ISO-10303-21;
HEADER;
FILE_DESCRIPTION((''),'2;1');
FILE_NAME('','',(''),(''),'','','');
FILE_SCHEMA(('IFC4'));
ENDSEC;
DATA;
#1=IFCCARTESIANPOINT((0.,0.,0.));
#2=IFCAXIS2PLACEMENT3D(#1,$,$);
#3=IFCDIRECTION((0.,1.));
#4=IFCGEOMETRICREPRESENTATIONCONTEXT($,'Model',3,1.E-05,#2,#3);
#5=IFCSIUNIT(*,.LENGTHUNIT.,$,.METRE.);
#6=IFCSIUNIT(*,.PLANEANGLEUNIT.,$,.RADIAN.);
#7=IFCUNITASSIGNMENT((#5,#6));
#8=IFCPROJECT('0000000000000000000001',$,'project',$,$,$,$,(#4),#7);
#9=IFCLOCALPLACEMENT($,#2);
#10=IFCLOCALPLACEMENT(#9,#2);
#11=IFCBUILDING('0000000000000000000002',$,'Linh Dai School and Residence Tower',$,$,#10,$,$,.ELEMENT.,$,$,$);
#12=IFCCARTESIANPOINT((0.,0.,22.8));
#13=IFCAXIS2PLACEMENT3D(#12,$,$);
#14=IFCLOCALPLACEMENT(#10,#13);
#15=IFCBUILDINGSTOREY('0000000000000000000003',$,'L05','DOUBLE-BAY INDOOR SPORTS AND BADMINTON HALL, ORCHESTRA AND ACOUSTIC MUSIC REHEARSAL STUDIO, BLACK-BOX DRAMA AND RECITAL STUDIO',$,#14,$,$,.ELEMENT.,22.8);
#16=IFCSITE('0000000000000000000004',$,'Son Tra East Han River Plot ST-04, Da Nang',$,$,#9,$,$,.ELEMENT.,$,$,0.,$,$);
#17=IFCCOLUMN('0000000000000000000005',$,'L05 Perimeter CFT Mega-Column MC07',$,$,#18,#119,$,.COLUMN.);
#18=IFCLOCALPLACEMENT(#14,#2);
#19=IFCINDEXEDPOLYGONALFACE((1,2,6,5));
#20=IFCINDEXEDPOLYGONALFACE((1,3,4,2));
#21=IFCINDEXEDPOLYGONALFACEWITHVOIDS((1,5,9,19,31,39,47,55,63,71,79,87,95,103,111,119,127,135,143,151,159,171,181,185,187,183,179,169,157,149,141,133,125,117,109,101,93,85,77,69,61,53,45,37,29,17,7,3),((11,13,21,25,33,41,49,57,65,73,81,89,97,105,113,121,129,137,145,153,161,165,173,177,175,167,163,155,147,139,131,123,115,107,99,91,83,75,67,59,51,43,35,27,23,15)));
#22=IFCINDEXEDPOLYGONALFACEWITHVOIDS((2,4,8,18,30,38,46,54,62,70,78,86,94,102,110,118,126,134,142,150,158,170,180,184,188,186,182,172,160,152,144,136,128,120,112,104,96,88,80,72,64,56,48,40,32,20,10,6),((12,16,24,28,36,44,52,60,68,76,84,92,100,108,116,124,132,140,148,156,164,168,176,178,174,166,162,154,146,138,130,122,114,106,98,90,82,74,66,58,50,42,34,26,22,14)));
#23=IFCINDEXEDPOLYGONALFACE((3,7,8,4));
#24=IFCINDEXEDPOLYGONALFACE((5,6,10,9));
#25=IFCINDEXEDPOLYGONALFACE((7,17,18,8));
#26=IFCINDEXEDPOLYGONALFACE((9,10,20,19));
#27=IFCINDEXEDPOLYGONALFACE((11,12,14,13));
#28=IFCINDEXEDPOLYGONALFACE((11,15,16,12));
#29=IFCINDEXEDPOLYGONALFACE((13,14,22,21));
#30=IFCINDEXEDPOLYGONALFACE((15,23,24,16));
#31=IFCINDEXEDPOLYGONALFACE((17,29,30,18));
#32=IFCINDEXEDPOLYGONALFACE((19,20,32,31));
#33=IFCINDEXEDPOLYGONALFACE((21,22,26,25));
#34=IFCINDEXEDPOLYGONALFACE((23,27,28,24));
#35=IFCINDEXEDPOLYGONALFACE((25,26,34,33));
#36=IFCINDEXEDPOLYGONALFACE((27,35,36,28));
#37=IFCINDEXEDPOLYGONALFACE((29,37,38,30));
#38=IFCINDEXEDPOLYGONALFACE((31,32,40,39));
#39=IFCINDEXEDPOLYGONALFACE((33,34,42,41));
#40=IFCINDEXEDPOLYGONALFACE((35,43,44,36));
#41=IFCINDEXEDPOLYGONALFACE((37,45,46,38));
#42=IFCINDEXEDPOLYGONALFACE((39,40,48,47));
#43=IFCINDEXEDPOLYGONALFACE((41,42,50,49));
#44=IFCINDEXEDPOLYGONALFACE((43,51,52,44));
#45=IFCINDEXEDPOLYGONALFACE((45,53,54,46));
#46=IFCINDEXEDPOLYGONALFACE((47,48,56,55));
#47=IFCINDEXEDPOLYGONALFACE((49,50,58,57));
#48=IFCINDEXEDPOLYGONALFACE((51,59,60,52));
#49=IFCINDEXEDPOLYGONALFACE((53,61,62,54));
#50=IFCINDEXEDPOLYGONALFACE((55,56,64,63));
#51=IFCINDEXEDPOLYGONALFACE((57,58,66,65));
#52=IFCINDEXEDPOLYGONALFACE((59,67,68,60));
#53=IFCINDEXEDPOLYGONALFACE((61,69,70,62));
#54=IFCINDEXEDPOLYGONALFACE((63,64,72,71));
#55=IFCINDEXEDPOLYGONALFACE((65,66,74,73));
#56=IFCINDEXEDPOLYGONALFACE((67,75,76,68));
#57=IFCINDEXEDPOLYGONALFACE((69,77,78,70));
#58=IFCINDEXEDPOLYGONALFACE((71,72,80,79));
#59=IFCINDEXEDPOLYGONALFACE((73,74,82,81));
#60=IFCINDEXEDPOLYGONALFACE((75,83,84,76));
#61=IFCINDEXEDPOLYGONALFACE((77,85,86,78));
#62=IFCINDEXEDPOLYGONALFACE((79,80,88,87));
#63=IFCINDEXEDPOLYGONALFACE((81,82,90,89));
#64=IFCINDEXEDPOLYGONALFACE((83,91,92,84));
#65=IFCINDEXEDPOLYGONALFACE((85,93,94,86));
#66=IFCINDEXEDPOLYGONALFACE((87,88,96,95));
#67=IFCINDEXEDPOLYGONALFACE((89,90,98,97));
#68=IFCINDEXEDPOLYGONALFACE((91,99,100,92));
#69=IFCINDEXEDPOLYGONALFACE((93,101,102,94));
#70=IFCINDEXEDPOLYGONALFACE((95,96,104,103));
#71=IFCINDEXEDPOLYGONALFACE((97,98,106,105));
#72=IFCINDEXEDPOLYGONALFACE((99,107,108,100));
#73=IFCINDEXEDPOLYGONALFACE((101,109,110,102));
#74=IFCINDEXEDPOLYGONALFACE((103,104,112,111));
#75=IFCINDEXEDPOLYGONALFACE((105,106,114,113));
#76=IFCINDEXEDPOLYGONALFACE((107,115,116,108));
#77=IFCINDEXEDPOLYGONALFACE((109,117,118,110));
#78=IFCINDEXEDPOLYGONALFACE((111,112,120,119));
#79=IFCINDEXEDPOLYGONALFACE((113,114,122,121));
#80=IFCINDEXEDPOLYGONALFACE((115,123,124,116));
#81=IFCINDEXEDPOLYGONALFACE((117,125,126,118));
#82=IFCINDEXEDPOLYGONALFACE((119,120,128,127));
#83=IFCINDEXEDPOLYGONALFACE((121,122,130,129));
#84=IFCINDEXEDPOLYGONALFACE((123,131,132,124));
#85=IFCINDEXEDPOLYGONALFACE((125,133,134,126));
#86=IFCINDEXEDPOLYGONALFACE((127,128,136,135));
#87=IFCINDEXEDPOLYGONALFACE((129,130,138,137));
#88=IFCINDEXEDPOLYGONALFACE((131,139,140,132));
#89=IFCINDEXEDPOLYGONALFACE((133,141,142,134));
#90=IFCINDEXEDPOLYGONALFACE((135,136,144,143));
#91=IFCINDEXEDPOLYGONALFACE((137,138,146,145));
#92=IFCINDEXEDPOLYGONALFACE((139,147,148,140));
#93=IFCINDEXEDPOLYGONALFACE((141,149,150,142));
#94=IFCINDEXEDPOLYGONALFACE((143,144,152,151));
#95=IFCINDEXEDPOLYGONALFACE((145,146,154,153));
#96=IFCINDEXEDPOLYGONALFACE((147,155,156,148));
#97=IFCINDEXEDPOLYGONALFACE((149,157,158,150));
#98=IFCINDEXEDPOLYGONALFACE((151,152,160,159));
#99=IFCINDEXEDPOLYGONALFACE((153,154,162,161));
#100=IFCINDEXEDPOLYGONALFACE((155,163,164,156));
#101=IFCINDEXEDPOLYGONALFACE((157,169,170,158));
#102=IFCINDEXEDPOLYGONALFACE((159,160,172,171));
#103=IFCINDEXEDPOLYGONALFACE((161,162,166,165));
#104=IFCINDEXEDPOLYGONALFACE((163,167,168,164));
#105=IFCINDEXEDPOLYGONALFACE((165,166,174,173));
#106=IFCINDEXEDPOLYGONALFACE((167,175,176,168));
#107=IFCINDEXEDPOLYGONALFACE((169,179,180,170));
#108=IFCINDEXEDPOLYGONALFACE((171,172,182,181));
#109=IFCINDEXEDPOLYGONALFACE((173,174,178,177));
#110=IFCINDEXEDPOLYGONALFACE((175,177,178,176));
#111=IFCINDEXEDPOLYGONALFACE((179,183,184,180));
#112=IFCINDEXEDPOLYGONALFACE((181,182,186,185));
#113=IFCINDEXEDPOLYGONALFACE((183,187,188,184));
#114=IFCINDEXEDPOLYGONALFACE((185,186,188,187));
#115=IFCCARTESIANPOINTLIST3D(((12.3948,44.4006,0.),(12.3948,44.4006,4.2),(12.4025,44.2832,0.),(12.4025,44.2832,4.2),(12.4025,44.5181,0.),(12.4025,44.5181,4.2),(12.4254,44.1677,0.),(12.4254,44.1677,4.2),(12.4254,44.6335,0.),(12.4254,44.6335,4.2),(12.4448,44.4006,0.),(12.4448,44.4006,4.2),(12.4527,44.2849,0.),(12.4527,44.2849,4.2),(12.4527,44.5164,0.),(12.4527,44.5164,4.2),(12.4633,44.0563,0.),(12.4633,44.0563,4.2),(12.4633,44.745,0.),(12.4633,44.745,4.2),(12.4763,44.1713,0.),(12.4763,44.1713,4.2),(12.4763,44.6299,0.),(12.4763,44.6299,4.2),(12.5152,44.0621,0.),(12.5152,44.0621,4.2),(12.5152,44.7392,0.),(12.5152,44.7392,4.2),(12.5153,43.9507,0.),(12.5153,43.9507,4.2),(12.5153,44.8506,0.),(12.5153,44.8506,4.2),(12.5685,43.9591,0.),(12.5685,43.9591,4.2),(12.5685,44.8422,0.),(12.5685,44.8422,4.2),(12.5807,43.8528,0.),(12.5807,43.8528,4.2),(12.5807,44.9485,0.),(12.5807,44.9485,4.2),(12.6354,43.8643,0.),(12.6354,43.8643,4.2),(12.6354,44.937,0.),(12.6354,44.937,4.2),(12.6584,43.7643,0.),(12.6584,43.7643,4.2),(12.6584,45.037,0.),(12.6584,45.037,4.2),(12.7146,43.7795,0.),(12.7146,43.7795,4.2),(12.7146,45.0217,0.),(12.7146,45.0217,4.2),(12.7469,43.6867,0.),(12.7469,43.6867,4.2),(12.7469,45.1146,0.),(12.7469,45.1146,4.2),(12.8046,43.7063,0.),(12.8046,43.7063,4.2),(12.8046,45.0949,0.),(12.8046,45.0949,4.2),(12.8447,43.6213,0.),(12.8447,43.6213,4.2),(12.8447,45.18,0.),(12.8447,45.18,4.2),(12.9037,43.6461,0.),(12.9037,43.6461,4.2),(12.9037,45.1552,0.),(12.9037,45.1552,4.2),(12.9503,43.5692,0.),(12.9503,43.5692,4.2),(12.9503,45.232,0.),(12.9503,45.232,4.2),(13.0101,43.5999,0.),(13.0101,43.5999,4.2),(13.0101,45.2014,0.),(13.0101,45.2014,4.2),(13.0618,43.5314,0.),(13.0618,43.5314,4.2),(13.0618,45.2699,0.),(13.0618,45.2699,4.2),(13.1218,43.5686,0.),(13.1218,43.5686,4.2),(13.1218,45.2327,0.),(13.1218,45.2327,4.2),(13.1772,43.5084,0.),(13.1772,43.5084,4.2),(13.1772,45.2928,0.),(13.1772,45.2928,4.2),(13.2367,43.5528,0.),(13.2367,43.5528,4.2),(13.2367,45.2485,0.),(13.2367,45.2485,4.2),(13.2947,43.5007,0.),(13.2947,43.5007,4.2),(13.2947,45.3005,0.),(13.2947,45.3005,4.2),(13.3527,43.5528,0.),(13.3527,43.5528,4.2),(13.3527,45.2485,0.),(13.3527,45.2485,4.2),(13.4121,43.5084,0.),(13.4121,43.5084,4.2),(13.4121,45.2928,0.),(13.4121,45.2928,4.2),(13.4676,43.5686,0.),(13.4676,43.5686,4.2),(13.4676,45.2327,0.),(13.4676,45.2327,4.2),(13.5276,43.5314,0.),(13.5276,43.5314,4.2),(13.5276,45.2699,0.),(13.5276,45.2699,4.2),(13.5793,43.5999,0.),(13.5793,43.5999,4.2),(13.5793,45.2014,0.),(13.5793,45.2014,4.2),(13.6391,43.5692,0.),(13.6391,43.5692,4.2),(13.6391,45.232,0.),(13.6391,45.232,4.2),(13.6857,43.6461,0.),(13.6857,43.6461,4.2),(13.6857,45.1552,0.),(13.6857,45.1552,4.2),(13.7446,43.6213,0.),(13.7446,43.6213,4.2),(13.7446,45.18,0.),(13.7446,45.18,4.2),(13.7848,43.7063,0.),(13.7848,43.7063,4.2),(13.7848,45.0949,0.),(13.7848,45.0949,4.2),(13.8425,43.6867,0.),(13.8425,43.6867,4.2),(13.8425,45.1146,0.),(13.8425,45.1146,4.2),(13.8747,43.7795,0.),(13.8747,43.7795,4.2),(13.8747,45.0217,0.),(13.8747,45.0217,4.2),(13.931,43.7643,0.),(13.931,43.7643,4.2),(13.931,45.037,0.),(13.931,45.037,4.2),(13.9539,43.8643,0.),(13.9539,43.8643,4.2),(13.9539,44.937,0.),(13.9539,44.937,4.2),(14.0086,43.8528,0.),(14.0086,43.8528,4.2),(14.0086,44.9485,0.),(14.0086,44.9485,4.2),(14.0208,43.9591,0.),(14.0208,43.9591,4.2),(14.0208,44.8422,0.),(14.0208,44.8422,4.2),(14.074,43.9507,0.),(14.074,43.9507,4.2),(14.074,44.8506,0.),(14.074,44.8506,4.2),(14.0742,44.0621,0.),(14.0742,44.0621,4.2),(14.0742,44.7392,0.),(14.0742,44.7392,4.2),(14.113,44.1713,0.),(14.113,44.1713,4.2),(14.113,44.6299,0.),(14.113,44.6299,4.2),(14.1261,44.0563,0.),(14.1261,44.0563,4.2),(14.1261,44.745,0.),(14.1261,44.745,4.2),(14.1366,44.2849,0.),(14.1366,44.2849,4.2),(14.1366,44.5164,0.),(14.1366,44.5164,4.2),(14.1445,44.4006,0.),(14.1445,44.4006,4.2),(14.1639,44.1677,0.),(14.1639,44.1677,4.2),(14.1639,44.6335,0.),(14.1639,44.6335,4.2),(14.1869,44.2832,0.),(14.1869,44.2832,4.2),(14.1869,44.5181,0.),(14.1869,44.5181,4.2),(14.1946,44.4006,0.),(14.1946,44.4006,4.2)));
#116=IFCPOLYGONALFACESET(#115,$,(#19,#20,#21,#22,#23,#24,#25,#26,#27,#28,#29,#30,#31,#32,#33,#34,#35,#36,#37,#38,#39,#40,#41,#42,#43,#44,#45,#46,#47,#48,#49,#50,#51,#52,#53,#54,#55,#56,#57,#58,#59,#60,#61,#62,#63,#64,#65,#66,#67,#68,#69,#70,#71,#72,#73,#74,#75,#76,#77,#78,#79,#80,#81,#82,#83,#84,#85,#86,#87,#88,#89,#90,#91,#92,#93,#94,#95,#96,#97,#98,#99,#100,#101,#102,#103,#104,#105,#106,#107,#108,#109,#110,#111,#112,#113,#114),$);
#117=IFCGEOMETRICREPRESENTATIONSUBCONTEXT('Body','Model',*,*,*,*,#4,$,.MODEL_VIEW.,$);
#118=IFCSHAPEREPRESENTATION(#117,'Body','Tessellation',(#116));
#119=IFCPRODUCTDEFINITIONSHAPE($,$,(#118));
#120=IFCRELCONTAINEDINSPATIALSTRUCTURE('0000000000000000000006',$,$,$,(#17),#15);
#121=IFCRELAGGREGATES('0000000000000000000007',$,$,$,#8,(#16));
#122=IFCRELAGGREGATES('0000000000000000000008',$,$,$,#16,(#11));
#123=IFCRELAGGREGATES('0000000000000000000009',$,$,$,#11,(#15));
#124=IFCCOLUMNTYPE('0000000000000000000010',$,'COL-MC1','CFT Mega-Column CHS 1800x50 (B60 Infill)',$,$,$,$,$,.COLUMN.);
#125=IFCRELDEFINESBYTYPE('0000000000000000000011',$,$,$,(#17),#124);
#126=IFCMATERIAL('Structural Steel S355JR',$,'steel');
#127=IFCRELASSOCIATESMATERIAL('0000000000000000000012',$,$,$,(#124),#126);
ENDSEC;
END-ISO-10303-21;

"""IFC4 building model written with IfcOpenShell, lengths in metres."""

from ifc_helpers import new_model, si_unit, direction, frame, origin, origin_2d, place, context, subcontext, project, spatial, hollow_circle, extrude, material, material_profile, profile_set, type_object, element, save


model = new_model("IFC4")

# Units and contexts
model_context = context("Model", 3, precision=1e-05, world=origin(), true_north=direction((0.0, 1.0)))
body_context = subcontext(model_context, "Body", "Model", "MODEL_VIEW")
ifc_project = project(units=[si_unit("LENGTHUNIT", "METRE"), si_unit("PLANEANGLEUNIT", "RADIAN")], contexts=[model_context])

# Site, building, storey
site_placement = place(None, origin())
site = spatial("IfcSite", under=ifc_project, at=site_placement, Name="Son Tra East Han River Plot ST-04, Da Nang", CompositionType="ELEMENT", RefElevation=0.0)
building_placement = place(site_placement, origin())
building = spatial("IfcBuilding", under=site, at=building_placement, Name="Linh Dai School and Residence Tower", CompositionType="ELEMENT")
storey_placement = place(building_placement, frame((0.0, 0.0, 22.8)))
storey = spatial("IfcBuildingStorey", under=building, at=storey_placement, Name="L05", Description="DOUBLE-BAY INDOOR SPORTS AND BADMINTON HALL, ORCHESTRA AND ACOUSTIC MUSIC REHEARSAL STUDIO, BLACK-BOX DRAMA AND RECITAL STUDIO", CompositionType="ELEMENT", Elevation=22.8)

# Column
ifc_material_1 = material(Name="Structural Steel S355JR", Category="steel")
ifc_material_profile_1 = material_profile(ifc_material_1, hollow_circle(Radius=0.8999, WallThickness=0.05, at=origin_2d()), Name="CHS 1800x50")
ifc_profile_set_1 = profile_set([ifc_material_profile_1], Name="Structural Steel S355JR")
column_type = type_object("IfcColumnType", Name="COL-MC1", Description="CFT Mega-Column CHS 1800x50 (B60 Infill)", PredefinedType="COLUMN", material=ifc_profile_set_1)
for number, where, z_axis, x_axis, name in (
    (1, (13.2947, 44.4006, 0.0), (0.0, 0.0, 1.0), (1.0, 0.0, 0.0), "L05 Perimeter CFT Mega-Column MC07"),
):
    element("IfcColumn", number, at=place(storey_placement, frame(where, z_axis=z_axis, x_axis=x_axis)), inside=storey, type_object=column_type, Name=name, PredefinedType="COLUMN", context=body_context, shape_type="SweptSolid", body=[
        extrude(hollow_circle(Radius=0.8999, WallThickness=0.05, at=origin_2d()), origin(), (0.0, 0.0, 1.0), 4.2),
    ])

save(model, "model.ifc")
